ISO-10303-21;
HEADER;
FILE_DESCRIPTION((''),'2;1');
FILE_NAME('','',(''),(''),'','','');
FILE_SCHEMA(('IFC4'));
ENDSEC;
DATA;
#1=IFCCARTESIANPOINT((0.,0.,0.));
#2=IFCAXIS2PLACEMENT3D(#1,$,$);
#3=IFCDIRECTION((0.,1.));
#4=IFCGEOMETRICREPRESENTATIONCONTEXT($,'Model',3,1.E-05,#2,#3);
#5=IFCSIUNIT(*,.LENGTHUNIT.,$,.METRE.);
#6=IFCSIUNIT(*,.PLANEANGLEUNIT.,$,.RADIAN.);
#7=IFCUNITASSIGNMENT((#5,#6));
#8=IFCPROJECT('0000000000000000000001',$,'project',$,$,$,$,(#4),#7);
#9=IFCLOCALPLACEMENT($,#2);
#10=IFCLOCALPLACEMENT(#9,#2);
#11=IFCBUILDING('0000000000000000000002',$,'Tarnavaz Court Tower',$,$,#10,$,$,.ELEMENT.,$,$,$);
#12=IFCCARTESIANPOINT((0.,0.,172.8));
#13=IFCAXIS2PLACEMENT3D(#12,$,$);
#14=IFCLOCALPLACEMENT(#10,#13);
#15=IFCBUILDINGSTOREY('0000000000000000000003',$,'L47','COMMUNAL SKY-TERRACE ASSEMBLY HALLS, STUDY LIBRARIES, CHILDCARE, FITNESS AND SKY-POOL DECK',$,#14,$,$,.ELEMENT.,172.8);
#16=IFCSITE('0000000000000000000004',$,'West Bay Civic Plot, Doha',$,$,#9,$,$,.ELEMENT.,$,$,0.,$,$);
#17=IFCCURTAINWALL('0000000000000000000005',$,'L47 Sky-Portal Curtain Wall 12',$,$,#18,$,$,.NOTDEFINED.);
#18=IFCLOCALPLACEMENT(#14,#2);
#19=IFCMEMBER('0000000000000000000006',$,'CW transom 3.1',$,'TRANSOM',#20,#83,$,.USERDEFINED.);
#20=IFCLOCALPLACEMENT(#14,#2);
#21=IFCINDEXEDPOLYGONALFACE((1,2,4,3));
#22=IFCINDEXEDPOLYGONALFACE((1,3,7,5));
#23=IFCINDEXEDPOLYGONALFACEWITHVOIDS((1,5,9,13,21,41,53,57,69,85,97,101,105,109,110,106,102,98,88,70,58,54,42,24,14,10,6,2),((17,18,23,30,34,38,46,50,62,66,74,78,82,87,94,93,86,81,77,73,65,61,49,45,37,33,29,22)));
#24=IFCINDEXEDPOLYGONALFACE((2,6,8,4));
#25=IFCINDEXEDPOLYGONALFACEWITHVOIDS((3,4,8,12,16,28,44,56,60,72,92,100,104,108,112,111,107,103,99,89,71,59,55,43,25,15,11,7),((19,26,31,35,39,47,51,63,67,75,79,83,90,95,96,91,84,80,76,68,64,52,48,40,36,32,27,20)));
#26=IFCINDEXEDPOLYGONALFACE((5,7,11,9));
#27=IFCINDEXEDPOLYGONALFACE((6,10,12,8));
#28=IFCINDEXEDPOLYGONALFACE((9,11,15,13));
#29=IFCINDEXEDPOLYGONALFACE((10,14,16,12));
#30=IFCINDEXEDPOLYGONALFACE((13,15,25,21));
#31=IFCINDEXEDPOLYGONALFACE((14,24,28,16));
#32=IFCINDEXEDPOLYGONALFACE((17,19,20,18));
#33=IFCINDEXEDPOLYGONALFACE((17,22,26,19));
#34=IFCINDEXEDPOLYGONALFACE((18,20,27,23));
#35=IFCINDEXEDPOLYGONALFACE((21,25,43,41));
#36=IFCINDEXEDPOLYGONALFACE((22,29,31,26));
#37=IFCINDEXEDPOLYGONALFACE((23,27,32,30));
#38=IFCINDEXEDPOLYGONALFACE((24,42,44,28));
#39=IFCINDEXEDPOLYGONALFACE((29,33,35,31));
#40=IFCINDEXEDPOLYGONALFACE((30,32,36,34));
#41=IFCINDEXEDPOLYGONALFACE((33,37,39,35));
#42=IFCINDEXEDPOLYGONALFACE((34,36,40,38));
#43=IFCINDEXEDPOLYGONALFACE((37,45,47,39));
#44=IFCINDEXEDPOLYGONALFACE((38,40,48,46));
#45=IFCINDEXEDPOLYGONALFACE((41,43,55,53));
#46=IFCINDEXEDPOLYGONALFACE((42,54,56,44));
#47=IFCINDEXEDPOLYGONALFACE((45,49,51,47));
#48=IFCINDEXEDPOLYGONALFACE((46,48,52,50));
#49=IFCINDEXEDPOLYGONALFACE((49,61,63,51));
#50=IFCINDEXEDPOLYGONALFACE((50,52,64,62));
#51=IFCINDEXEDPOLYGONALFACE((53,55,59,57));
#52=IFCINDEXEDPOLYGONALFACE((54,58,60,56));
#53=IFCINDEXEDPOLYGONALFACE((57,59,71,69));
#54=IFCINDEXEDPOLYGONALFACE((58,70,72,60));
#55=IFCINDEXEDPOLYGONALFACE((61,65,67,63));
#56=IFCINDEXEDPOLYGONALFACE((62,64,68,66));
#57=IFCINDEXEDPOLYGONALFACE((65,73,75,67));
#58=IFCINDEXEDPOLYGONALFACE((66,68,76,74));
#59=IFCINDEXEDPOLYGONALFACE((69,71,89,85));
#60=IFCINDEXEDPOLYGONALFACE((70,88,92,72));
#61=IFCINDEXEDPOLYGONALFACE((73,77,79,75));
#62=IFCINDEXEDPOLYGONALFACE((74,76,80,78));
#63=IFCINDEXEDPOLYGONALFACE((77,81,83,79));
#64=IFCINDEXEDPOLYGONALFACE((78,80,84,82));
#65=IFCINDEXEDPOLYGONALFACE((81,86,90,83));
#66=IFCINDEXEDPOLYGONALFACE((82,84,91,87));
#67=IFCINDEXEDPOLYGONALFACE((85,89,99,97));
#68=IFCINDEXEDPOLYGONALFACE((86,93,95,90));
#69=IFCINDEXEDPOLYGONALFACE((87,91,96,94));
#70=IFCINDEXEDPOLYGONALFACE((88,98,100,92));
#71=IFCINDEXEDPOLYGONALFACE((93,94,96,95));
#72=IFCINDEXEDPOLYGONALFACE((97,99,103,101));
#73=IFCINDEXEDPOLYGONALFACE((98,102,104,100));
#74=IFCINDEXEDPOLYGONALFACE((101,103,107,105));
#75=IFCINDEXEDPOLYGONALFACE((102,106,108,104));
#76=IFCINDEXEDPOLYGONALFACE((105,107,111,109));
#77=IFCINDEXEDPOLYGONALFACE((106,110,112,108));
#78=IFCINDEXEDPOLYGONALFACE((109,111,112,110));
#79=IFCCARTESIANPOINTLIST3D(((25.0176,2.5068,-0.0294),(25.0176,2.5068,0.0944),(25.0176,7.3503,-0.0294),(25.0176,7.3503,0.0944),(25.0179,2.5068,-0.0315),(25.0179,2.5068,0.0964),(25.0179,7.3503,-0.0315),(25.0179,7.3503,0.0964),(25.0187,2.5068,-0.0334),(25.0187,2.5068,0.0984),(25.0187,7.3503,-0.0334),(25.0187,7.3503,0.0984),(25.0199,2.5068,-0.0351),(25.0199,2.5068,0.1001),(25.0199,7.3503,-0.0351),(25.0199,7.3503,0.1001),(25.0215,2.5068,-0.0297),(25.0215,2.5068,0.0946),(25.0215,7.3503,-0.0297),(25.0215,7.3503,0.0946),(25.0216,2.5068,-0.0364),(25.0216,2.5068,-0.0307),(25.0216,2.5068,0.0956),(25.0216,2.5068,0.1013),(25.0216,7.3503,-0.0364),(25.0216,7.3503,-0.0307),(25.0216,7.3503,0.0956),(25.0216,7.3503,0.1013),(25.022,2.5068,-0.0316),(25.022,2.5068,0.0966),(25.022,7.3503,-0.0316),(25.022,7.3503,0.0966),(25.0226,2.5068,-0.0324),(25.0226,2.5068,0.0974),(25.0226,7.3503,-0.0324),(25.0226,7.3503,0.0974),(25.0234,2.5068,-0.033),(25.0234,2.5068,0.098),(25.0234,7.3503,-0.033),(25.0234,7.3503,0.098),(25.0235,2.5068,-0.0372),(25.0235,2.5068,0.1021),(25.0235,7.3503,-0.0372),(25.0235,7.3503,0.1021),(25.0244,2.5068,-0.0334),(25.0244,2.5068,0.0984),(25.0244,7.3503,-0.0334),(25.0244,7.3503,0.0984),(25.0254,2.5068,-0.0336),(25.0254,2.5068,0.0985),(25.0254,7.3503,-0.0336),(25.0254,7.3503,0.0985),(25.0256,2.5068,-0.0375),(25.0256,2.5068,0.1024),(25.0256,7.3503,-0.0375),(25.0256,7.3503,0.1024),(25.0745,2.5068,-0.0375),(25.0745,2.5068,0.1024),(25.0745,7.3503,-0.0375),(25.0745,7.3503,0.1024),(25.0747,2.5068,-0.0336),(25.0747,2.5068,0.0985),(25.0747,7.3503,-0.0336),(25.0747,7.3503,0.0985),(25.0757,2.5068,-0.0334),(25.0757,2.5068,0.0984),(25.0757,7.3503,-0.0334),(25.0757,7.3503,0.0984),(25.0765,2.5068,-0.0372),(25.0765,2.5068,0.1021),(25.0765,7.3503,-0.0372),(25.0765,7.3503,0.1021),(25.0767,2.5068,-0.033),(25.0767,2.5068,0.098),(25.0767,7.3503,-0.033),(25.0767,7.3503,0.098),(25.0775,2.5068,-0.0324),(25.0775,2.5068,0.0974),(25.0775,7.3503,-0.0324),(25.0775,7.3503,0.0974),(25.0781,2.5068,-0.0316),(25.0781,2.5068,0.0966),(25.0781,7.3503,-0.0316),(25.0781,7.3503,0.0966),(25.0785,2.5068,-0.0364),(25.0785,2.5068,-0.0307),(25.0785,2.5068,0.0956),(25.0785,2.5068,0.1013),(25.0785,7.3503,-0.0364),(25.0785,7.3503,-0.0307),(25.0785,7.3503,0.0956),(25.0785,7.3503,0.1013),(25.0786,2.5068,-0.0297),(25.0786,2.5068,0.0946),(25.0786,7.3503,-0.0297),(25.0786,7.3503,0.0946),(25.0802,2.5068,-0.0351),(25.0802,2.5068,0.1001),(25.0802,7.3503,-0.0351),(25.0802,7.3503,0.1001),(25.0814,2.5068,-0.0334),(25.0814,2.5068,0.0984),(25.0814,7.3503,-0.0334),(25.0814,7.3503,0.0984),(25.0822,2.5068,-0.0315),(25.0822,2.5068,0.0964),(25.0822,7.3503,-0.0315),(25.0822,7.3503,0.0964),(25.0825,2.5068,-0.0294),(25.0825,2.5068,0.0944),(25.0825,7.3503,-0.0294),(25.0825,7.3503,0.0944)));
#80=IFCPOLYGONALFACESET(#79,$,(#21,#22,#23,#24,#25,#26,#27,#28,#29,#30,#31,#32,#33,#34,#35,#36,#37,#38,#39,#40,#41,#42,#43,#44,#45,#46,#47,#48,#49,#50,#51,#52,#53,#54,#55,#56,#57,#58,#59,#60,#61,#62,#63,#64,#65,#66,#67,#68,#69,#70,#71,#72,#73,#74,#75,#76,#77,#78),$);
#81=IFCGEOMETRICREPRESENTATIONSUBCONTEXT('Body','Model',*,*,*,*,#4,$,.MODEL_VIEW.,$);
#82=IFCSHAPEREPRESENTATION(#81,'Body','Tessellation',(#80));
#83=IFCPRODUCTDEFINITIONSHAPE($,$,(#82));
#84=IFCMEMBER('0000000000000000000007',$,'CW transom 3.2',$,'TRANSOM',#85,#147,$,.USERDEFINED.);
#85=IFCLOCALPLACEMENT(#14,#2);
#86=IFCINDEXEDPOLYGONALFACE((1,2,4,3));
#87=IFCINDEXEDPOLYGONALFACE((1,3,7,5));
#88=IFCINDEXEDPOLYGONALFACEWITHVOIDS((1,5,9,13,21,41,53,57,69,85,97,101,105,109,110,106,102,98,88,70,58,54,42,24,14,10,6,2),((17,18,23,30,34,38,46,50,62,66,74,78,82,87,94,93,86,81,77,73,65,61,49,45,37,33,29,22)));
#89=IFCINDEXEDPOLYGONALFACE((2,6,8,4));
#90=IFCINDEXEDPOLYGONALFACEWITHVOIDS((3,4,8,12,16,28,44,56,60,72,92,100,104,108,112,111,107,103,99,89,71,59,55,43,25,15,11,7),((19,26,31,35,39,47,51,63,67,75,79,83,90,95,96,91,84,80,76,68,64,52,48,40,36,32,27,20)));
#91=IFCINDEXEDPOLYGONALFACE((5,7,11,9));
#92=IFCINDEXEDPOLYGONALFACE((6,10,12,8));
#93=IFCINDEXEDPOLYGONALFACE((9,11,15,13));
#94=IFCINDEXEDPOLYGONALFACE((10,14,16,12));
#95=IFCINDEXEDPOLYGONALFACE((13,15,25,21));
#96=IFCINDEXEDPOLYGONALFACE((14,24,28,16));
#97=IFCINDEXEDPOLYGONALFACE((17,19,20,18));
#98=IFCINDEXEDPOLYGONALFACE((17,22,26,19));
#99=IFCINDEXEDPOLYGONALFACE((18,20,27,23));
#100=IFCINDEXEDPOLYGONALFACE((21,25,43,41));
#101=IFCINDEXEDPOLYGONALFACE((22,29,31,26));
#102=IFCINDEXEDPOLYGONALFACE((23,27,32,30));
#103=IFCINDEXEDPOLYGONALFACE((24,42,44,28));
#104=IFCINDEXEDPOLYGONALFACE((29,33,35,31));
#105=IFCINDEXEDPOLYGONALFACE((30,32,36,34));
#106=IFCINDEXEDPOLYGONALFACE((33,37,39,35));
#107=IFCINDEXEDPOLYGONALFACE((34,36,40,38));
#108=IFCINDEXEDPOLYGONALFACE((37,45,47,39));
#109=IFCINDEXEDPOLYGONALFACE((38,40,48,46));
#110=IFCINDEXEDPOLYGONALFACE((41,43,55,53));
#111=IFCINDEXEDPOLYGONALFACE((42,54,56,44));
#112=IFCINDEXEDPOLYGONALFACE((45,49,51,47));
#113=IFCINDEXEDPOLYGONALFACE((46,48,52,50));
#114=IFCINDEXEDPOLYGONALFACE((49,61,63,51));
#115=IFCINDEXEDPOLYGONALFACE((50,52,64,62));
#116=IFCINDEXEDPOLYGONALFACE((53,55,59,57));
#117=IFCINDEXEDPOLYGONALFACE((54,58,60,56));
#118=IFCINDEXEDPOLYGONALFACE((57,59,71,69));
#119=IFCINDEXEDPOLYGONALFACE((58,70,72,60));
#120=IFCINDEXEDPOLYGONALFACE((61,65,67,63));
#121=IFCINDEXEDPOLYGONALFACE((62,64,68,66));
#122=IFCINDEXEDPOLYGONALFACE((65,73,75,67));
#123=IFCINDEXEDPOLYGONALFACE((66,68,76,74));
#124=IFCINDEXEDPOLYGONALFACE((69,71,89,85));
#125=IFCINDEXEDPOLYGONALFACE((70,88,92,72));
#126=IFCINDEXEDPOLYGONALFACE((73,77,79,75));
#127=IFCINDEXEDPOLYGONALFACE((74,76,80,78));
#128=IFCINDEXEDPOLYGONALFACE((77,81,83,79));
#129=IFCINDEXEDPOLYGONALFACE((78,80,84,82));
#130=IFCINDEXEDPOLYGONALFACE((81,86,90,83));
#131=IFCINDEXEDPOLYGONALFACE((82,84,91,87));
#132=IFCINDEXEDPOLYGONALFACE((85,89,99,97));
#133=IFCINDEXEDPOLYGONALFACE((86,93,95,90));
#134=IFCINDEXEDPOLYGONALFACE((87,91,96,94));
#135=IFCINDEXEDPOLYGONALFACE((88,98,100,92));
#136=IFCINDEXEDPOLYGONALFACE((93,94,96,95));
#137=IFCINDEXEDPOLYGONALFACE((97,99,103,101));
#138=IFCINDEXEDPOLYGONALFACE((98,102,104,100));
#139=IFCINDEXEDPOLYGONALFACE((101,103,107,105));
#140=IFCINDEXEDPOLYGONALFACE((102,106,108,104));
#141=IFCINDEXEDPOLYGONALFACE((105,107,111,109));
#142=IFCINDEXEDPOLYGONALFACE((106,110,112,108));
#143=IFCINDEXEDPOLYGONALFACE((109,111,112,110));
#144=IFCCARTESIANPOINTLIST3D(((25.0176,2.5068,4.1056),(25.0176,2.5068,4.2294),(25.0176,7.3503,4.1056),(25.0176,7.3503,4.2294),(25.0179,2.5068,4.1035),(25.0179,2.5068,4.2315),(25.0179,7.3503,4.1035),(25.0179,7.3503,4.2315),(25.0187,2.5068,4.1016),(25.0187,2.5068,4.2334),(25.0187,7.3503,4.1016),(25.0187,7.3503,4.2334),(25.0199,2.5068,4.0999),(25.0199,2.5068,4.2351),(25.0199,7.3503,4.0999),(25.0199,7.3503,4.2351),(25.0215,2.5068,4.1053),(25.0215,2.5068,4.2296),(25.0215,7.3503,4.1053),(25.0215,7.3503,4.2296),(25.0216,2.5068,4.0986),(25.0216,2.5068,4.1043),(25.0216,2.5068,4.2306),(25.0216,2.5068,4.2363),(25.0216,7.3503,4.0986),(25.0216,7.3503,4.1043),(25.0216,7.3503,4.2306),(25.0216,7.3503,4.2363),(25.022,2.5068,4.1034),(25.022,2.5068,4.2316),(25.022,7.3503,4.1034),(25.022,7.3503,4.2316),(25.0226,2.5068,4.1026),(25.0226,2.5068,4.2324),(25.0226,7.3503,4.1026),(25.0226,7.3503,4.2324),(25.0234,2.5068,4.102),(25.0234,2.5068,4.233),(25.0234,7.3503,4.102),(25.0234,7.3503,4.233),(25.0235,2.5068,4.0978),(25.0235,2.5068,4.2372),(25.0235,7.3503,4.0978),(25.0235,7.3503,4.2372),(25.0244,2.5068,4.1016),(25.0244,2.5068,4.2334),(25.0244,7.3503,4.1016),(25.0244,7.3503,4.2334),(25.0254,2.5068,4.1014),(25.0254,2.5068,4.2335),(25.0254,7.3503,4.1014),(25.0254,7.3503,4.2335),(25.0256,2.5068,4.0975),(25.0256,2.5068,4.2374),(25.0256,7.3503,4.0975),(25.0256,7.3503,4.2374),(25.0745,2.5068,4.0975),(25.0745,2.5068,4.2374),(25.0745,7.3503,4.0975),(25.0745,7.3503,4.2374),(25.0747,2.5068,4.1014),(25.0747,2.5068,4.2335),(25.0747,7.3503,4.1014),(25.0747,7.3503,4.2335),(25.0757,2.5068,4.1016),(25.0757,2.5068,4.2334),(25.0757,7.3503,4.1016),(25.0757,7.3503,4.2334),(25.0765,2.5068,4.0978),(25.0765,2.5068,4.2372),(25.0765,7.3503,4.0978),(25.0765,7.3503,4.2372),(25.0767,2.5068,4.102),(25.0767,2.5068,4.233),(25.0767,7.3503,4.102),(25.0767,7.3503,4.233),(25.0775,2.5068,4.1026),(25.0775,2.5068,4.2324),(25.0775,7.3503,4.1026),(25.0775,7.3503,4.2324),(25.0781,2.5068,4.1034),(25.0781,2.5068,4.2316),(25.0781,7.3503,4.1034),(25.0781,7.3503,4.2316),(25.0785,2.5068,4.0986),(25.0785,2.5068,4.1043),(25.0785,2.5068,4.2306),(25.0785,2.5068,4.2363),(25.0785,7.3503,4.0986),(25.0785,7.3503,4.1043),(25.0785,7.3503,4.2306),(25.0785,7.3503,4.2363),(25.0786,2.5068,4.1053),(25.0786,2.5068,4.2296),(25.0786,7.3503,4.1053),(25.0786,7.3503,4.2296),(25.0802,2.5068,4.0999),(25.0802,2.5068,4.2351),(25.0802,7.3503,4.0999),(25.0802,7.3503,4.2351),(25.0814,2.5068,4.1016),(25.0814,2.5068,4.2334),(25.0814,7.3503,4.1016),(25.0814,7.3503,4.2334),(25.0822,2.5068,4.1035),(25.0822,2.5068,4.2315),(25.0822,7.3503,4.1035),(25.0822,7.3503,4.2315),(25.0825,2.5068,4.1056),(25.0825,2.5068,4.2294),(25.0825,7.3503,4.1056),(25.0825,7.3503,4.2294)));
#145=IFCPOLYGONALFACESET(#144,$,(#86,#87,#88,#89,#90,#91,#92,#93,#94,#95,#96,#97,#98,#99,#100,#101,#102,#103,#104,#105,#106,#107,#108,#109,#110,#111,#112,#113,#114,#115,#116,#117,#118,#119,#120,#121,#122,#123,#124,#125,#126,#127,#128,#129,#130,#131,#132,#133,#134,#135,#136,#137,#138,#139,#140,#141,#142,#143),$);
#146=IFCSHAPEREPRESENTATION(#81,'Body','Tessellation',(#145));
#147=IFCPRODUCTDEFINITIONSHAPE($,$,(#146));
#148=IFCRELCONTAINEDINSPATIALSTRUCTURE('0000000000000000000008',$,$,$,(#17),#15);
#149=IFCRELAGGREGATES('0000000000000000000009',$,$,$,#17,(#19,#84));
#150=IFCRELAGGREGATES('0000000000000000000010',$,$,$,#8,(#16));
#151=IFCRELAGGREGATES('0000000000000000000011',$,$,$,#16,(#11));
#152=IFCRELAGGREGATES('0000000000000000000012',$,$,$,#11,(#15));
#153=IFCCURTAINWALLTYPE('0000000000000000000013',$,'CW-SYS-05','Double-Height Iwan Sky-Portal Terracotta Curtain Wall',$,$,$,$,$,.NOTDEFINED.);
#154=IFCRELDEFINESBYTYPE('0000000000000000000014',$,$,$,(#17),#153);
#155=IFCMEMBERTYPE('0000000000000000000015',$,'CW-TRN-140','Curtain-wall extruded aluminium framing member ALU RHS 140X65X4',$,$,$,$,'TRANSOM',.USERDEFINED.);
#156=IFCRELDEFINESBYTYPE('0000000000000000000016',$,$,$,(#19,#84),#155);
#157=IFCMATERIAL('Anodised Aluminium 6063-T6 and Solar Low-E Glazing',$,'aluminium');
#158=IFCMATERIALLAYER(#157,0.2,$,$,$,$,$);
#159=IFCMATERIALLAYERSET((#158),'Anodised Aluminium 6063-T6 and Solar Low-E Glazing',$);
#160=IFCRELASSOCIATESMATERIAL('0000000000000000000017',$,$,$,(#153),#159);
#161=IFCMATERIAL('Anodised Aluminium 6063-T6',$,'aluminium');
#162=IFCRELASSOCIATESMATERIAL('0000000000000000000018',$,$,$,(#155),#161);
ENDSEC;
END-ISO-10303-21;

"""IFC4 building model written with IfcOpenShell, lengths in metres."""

from ifc_helpers import new_model, si_unit, direction, frame, origin, origin_2d, place, context, subcontext, project, spatial, hollow_rectangle, extrude, material, layer, layer_set, material_profile, profile_set, type_object, element, aggregate, save


model = new_model("IFC4")

# Units and contexts
model_context = context("Model", 3, precision=1e-05, world=origin(), true_north=direction((0.0, 1.0)))
body_context = subcontext(model_context, "Body", "Model", "MODEL_VIEW")
ifc_project = project(units=[si_unit("LENGTHUNIT", "METRE"), si_unit("PLANEANGLEUNIT", "RADIAN")], contexts=[model_context])

# Site, building, storey
site_placement = place(None, origin())
site = spatial("IfcSite", under=ifc_project, at=site_placement, Name="West Bay Civic Plot, Doha", CompositionType="ELEMENT", RefElevation=0.0)
building_placement = place(site_placement, origin())
building = spatial("IfcBuilding", under=site, at=building_placement, Name="Tarnavaz Court Tower", CompositionType="ELEMENT")
storey_placement = place(building_placement, frame((0.0, 0.0, 172.8)))
storey = spatial("IfcBuildingStorey", under=building, at=storey_placement, Name="L47", Description="COMMUNAL SKY-TERRACE ASSEMBLY HALLS, STUDY LIBRARIES, CHILDCARE, FITNESS AND SKY-POOL DECK", CompositionType="ELEMENT", Elevation=172.8)

# Curtain wall, members
ifc_material_1 = material(Name="Anodised Aluminium 6063-T6 and Solar Low-E Glazing", Category="aluminium")
ifc_layer_1 = layer(ifc_material_1, 0.2)
ifc_layer_set_1 = layer_set([ifc_layer_1], Name="Anodised Aluminium 6063-T6 and Solar Low-E Glazing")
curtain_wall_type = type_object("IfcCurtainWallType", Name="CW-SYS-05", Description="Double-Height Iwan Sky-Portal Terracotta Curtain Wall", PredefinedType="NOTDEFINED", material=ifc_layer_set_1)
curtain_wall_placement = place(storey_placement, origin())
curtain_wall = element("IfcCurtainWall", 1, at=curtain_wall_placement, inside=storey, type_object=curtain_wall_type, Name="L47 Sky-Portal Curtain Wall 12", PredefinedType="NOTDEFINED")
ifc_material_2 = material(Name="Anodised Aluminium 6063-T6", Category="aluminium")
ifc_material_profile_1 = material_profile(ifc_material_2, hollow_rectangle(XDim=0.0649, YDim=0.1399, WallThickness=0.0039, InnerFilletRadius=0.0039, OuterFilletRadius=0.0081, at=origin_2d()), Name="ALU RHS 140X65X4")
ifc_profile_set_1 = profile_set([ifc_material_profile_1], Name="Anodised Aluminium 6063-T6")
member_type_1 = type_object("IfcMemberType", Name="CW-TRN-140", Description="Curtain-wall extruded aluminium framing member ALU RHS 140X65X4", ElementType="TRANSOM", PredefinedType="USERDEFINED", material=ifc_profile_set_1)
member_1_placement = place(storey_placement, frame((25.05, 7.3503, 0.0325), z_axis=(0.0, -1.0, 0.0), x_axis=(1.0, 0.0, 0.0)))
member_1 = element("IfcMember", 2, at=member_1_placement, type_object=member_type_1, Name="CW transom 3.1", ObjectType="TRANSOM", PredefinedType="USERDEFINED", context=body_context, shape_type="SweptSolid", body=[
    extrude(hollow_rectangle(XDim=0.0649, YDim=0.1399, WallThickness=0.0039, InnerFilletRadius=0.0039, OuterFilletRadius=0.0081, at=origin_2d()), origin(), (0.0, 0.0, 1.0), 4.8435),
])
member_2_placement = place(storey_placement, frame((25.05, 7.3503, 4.1675), z_axis=(0.0, -1.0, 0.0), x_axis=(1.0, 0.0, 0.0)))
member_2 = element("IfcMember", 3, at=member_2_placement, type_object=member_type_1, Name="CW transom 3.2", ObjectType="TRANSOM", PredefinedType="USERDEFINED", context=body_context, shape_type="SweptSolid", body=[
    extrude(hollow_rectangle(XDim=0.0649, YDim=0.1399, WallThickness=0.0039, InnerFilletRadius=0.0039, OuterFilletRadius=0.0081, at=origin_2d()), origin(), (0.0, 0.0, 1.0), 4.8435),
])
aggregate(curtain_wall, [member_1, member_2])

save(model, "model.ifc")
